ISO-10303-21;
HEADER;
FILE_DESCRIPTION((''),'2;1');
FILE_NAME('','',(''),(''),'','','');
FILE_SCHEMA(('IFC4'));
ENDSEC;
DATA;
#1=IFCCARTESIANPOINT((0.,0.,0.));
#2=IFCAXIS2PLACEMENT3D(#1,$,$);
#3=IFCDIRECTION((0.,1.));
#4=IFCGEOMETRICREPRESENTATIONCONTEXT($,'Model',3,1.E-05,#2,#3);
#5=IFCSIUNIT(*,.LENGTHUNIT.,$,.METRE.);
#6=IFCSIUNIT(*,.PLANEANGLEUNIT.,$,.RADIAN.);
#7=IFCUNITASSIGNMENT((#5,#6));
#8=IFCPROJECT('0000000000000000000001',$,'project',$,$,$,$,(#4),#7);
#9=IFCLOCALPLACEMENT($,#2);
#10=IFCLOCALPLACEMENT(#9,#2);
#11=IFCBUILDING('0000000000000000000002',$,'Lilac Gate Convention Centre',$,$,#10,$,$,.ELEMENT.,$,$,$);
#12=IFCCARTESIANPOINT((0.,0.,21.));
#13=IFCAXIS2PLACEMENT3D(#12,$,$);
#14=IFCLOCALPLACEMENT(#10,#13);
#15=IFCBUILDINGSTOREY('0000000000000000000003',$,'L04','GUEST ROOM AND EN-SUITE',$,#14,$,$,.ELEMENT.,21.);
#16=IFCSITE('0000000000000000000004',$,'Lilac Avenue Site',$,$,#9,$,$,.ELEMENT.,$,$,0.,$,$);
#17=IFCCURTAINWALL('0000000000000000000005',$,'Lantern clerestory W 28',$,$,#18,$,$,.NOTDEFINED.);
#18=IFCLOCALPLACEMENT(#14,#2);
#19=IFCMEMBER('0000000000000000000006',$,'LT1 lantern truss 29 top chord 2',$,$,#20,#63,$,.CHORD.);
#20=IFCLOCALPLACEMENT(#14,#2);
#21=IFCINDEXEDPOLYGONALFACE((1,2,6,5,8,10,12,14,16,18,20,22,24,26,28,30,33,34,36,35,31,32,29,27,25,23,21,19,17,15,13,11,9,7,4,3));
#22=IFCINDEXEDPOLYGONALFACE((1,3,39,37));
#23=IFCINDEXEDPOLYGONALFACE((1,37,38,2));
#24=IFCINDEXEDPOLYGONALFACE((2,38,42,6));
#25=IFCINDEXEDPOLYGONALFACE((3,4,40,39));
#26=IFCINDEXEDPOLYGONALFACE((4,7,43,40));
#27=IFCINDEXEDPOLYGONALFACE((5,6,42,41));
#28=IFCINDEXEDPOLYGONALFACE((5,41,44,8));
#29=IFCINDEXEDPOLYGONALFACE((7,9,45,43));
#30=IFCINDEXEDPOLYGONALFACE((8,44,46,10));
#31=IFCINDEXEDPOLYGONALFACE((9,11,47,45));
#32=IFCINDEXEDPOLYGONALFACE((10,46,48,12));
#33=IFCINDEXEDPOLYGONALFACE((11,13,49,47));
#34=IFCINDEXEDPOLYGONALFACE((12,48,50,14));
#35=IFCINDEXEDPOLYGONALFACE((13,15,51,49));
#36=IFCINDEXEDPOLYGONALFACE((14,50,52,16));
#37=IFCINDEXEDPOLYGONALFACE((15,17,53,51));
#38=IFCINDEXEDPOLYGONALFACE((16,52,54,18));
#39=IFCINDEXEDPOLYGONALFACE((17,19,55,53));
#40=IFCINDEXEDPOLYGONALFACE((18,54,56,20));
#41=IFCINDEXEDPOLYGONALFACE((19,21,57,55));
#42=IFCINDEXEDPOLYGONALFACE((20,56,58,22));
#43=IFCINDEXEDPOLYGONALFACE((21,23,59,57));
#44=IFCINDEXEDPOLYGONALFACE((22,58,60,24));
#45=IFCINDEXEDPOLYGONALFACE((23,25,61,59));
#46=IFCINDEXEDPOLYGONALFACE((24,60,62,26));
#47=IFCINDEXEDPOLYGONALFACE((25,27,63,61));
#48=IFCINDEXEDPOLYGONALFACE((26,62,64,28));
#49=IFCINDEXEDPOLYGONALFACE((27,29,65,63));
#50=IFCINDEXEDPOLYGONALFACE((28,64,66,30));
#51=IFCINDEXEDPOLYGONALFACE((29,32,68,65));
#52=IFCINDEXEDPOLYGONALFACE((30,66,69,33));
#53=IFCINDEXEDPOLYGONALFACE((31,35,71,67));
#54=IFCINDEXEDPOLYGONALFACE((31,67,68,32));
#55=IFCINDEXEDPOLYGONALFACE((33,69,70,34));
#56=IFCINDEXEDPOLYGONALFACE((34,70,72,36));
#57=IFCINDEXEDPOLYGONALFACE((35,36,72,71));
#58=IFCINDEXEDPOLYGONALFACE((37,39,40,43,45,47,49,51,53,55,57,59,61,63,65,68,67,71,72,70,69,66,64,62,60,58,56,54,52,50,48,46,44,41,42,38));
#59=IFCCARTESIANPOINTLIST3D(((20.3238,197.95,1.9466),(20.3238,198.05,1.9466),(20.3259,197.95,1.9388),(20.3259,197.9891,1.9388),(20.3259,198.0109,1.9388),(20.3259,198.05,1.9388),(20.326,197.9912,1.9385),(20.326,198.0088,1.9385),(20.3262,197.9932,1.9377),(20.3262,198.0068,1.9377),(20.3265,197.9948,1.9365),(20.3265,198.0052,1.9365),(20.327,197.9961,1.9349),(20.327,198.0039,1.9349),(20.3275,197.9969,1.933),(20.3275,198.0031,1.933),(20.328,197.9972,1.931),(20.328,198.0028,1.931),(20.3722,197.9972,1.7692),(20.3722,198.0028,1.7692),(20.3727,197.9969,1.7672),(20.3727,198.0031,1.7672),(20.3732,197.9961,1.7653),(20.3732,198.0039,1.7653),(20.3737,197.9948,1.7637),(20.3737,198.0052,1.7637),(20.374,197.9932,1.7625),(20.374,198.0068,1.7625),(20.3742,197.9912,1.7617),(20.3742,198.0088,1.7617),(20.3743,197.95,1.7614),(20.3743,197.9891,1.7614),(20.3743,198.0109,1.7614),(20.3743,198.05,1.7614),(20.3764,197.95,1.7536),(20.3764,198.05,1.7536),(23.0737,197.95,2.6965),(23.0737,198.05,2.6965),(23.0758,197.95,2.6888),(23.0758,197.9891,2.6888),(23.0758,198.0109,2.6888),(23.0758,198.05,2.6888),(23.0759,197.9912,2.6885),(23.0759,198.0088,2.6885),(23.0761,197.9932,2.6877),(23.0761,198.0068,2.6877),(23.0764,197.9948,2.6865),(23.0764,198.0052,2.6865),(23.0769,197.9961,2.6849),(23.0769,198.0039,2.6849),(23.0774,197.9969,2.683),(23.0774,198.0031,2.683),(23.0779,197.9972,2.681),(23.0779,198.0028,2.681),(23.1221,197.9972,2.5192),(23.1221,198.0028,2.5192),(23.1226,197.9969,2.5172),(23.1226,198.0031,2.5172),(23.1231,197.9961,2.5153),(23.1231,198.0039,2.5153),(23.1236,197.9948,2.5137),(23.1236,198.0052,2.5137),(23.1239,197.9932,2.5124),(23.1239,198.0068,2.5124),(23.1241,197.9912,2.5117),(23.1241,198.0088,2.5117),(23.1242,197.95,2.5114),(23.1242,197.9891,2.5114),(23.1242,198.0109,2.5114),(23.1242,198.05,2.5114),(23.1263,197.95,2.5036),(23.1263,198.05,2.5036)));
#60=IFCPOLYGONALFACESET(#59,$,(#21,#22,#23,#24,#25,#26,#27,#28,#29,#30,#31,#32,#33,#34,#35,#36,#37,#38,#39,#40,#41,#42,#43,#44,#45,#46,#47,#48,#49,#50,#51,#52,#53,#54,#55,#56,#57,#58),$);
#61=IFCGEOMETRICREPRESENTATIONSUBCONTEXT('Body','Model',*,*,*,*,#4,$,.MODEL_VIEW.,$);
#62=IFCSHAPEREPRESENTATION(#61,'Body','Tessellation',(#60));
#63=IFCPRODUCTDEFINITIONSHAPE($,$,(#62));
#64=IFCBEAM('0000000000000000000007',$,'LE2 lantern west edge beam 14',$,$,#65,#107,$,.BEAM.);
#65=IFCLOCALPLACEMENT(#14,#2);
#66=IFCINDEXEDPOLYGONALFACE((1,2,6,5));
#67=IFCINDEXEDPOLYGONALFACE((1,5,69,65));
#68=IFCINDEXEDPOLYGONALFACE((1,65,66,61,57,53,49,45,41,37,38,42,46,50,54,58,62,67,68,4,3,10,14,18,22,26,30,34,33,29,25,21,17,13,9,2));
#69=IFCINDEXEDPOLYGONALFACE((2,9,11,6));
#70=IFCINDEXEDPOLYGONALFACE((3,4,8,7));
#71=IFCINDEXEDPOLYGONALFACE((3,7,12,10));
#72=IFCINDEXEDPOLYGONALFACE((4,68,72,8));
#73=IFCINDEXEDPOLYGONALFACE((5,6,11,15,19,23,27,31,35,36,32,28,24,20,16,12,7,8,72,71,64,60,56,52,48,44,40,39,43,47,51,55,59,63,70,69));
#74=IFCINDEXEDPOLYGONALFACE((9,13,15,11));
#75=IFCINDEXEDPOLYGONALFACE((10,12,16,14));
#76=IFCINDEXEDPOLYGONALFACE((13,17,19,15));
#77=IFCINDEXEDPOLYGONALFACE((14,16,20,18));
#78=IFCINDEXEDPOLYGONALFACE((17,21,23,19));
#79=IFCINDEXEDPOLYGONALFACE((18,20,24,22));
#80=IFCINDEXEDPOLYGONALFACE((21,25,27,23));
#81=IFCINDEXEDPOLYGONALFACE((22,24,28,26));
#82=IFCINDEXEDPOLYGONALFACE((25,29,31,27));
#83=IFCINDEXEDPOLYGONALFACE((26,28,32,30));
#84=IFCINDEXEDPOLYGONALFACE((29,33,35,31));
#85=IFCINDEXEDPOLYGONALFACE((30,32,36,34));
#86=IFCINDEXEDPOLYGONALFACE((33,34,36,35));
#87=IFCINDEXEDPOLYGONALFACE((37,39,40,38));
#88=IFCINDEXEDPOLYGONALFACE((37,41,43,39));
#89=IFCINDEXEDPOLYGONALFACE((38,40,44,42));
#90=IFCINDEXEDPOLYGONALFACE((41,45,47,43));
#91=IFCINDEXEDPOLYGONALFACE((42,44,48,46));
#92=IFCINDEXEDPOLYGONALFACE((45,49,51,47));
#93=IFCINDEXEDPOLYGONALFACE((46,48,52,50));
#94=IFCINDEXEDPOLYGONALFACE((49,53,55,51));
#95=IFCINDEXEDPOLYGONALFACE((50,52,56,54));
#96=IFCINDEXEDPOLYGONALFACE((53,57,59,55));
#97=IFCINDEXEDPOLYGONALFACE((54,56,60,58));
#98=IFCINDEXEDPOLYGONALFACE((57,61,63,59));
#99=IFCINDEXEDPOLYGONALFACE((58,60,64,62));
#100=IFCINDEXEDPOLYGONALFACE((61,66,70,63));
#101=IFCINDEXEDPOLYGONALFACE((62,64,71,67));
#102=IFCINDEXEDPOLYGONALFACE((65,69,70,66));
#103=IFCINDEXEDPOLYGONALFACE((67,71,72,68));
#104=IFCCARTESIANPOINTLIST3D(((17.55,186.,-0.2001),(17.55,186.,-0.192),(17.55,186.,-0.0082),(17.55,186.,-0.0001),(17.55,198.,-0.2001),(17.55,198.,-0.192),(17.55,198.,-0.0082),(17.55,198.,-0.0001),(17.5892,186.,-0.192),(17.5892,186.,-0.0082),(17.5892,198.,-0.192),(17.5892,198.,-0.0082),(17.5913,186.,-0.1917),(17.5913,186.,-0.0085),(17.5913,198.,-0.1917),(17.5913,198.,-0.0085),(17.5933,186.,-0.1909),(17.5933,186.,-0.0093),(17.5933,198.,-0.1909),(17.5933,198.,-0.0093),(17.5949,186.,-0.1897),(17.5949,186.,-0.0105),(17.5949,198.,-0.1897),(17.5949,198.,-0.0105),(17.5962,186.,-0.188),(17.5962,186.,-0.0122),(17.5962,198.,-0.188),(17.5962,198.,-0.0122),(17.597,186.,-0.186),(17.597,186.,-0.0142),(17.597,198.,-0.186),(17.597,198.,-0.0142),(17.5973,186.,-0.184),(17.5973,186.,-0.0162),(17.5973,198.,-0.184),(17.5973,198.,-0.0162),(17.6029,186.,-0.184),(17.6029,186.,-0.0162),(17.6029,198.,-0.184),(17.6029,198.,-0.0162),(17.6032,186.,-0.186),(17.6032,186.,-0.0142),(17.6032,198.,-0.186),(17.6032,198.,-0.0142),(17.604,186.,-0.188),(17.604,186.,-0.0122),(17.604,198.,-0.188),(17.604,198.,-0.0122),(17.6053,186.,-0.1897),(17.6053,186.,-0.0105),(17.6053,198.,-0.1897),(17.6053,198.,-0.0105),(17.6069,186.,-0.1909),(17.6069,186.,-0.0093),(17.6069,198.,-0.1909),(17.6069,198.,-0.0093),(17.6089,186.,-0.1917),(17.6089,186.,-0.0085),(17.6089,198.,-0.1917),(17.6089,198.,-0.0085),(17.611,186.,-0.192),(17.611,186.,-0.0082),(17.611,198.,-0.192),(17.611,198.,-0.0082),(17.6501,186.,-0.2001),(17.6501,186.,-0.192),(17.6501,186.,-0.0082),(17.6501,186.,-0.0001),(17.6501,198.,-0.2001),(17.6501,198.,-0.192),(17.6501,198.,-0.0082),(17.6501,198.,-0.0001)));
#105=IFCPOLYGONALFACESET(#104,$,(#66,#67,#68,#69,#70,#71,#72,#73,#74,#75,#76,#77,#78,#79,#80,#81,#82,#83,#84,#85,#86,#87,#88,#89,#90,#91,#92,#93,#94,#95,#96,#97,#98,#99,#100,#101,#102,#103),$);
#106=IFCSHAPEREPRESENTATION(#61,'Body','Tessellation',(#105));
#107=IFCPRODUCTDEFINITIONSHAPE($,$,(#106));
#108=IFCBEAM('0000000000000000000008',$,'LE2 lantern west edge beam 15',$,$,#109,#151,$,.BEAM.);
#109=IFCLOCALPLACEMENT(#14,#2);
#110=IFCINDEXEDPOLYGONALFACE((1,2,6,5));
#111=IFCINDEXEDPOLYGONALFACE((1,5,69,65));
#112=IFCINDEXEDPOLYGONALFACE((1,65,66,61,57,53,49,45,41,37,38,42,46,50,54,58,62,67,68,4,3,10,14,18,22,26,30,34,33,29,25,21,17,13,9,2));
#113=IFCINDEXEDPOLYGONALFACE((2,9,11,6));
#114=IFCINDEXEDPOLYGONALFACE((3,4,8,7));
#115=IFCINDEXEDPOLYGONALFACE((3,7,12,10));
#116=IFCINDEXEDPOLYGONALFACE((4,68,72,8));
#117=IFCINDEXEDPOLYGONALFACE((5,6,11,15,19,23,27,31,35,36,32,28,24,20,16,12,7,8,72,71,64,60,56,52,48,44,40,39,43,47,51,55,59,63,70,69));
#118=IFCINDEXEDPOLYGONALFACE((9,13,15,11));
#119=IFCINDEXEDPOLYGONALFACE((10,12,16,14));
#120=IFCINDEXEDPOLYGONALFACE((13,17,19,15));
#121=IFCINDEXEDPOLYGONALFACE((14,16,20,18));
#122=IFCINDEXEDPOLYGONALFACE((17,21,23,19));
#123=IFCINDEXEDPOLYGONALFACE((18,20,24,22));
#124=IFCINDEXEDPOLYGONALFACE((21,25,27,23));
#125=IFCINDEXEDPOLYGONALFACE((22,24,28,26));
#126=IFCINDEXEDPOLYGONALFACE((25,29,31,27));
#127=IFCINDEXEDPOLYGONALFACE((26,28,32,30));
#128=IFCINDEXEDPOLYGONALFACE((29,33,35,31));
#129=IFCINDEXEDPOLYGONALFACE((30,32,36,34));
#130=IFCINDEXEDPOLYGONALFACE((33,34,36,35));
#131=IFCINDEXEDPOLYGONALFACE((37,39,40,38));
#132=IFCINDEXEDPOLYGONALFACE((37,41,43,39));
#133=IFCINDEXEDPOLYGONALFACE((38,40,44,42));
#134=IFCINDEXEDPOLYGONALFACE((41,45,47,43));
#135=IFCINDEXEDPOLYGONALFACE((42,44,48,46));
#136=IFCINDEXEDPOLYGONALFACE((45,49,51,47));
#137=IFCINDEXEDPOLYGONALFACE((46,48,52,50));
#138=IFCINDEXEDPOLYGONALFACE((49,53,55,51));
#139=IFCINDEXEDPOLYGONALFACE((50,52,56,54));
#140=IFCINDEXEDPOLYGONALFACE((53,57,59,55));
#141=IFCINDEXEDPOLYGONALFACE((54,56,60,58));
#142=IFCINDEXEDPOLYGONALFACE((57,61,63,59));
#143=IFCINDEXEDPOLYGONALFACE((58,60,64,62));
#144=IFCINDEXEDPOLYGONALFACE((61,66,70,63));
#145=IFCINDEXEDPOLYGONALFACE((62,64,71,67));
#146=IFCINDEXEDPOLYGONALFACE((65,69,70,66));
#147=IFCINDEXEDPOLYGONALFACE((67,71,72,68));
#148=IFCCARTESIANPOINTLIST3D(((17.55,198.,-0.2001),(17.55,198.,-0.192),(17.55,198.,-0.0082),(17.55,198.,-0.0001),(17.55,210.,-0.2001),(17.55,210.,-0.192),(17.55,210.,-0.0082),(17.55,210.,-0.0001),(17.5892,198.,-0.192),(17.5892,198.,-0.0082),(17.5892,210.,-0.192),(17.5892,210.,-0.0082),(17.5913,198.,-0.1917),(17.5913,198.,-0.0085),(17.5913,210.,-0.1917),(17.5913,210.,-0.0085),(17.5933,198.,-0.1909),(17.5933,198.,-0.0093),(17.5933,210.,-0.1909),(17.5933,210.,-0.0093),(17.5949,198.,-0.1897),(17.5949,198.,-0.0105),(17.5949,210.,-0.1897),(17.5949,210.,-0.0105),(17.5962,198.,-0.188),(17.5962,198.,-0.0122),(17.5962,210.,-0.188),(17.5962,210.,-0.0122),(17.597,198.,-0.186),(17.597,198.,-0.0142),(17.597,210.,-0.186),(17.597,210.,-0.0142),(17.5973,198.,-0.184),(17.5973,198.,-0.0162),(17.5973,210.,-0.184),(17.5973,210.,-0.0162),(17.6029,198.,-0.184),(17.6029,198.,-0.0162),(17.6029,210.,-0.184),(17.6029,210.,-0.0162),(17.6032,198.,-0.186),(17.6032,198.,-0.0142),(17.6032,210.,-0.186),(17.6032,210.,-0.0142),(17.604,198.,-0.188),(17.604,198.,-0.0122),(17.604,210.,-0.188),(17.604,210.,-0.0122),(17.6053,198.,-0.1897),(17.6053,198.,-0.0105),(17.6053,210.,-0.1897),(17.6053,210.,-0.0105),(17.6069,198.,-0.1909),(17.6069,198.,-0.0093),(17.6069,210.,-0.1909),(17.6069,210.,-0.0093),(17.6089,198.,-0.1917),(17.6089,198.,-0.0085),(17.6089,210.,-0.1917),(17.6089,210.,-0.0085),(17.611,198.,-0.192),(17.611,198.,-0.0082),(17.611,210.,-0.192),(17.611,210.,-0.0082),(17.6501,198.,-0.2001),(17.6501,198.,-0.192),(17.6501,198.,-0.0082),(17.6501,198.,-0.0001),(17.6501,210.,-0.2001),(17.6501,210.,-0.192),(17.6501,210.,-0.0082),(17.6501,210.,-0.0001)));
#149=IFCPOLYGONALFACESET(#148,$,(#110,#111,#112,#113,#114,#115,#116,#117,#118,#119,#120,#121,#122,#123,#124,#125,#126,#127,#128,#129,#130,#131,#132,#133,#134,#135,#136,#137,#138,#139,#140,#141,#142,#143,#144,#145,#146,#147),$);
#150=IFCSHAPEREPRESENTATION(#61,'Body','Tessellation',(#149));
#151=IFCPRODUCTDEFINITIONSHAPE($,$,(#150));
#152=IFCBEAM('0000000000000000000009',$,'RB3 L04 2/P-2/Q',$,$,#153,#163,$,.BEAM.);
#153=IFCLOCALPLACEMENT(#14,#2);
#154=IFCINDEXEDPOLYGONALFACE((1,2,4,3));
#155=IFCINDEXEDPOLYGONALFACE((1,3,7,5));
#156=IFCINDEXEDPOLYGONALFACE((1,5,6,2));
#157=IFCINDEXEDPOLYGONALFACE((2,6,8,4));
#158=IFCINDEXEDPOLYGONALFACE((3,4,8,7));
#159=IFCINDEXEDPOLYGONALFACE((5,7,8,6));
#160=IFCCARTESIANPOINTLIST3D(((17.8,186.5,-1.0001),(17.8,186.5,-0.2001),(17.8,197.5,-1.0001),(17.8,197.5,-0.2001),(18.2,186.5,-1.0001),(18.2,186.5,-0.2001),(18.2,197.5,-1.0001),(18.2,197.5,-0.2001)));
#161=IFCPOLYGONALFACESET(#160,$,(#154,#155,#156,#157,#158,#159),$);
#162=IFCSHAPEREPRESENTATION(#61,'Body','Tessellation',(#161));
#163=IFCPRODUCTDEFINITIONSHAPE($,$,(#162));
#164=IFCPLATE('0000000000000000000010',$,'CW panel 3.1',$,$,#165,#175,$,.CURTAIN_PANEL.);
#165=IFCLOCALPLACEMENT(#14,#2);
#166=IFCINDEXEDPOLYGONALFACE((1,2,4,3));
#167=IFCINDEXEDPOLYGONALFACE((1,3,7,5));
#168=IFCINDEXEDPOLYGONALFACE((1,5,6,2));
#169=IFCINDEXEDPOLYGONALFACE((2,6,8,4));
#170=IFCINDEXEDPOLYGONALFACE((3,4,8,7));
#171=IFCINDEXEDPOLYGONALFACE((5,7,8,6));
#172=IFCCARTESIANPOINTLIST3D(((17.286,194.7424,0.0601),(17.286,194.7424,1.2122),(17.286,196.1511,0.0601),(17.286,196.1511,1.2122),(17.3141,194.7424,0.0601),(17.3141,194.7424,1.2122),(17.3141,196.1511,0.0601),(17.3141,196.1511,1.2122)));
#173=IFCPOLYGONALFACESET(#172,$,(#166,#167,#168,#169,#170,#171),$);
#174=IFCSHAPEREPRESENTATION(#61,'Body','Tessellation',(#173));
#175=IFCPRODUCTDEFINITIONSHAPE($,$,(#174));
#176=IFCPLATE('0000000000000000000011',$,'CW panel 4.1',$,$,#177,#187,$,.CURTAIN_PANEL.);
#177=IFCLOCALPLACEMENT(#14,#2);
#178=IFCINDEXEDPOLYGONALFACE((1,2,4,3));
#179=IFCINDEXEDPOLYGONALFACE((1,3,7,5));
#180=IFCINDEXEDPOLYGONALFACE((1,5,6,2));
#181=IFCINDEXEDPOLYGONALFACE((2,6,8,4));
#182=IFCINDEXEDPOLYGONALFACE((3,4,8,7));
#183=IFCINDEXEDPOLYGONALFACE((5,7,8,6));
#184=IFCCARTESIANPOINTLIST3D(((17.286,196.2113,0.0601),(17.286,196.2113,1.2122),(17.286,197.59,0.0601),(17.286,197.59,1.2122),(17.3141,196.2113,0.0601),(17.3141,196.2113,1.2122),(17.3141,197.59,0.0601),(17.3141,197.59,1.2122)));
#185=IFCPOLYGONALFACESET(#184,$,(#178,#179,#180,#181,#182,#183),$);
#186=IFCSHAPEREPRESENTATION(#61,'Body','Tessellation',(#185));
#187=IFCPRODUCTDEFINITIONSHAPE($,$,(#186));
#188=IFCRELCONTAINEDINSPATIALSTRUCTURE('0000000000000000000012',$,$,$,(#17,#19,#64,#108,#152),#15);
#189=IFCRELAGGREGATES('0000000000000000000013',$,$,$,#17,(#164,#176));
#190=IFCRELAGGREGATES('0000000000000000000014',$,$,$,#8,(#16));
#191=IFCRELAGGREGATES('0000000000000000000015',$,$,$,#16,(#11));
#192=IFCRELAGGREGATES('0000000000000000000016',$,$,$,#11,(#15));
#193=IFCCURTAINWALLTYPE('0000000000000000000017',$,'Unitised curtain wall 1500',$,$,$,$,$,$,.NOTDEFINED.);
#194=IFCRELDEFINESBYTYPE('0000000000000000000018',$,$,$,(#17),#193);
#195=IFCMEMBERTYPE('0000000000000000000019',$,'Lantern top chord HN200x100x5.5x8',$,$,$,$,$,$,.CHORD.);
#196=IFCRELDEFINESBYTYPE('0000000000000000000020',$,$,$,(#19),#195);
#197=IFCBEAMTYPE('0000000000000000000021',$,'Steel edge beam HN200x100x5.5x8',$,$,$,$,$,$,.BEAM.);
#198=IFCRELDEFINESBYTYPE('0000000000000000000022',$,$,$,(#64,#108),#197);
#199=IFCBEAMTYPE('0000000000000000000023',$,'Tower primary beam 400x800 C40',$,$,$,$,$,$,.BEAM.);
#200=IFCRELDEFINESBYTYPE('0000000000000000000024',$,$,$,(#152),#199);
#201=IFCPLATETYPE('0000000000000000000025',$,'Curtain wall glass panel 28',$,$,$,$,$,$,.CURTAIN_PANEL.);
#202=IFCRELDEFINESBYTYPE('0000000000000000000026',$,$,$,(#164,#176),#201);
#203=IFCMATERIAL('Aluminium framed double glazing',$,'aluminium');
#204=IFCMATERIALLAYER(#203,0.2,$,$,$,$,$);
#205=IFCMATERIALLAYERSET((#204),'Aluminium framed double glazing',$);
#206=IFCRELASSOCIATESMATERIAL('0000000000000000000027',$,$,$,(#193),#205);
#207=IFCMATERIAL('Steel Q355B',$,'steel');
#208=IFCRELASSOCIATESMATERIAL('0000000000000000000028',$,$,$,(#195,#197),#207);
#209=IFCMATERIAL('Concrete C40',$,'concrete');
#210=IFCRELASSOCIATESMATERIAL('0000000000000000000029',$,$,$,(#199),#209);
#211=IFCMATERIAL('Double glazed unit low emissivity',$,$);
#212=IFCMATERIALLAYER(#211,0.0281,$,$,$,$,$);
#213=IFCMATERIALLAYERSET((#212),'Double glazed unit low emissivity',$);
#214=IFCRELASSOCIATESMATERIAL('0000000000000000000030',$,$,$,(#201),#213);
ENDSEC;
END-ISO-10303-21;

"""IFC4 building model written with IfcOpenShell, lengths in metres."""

from ifc_helpers import new_model, si_unit, direction, frame, origin, origin_2d, place, context, subcontext, project, spatial, rectangle, i_section, extrude, material, layer, layer_set, material_profile, profile_set, type_object, element, aggregate, save


model = new_model("IFC4")

# Units and contexts
model_context = context("Model", 3, precision=1e-05, world=origin(), true_north=direction((0.0, 1.0)))
body_context = subcontext(model_context, "Body", "Model", "MODEL_VIEW")
ifc_project = project(units=[si_unit("LENGTHUNIT", "METRE"), si_unit("PLANEANGLEUNIT", "RADIAN")], contexts=[model_context])

# Site, building, storey
site_placement = place(None, origin())
site = spatial("IfcSite", under=ifc_project, at=site_placement, Name="Lilac Avenue Site", CompositionType="ELEMENT", RefElevation=0.0)
building_placement = place(site_placement, origin())
building = spatial("IfcBuilding", under=site, at=building_placement, Name="Lilac Gate Convention Centre", CompositionType="ELEMENT")
storey_placement = place(building_placement, frame((0.0, 0.0, 21.0)))
storey = spatial("IfcBuildingStorey", under=building, at=storey_placement, Name="L04", Description="GUEST ROOM AND EN-SUITE", CompositionType="ELEMENT", Elevation=21.0)

# Curtain wall
ifc_material_1 = material(Name="Aluminium framed double glazing", Category="aluminium")
ifc_layer_1 = layer(ifc_material_1, 0.2)
ifc_layer_set_1 = layer_set([ifc_layer_1], Name="Aluminium framed double glazing")
curtain_wall_type = type_object("IfcCurtainWallType", Name="Unitised curtain wall 1500", PredefinedType="NOTDEFINED", material=ifc_layer_set_1)
curtain_wall_1_placement = place(storey_placement, origin())
curtain_wall_1 = element("IfcCurtainWall", 1, at=curtain_wall_1_placement, inside=storey, type_object=curtain_wall_type, Name="Lantern clerestory W 28", PredefinedType="NOTDEFINED")

# Member
ifc_material_2 = material(Name="Steel Q355B", Category="steel")
ifc_material_profile_1 = material_profile(ifc_material_2, i_section(OverallWidth=0.1001, OverallDepth=0.2, WebThickness=0.0056, FlangeThickness=0.0081, FilletRadius=0.0081, at=origin_2d()), Name="HN200x100x5.5x8")
ifc_profile_set_1 = profile_set([ifc_material_profile_1], Name="Steel Q355B")
member_type_1 = type_object("IfcMemberType", Name="Lantern top chord HN200x100x5.5x8", PredefinedType="CHORD", material=ifc_profile_set_1)
for number, where, z_axis, x_axis, name in (
    (2, (20.3501, 198.0, 1.8501), (0.964764, 0.0, 0.263117), (0.0, 1.0, 0.0), "LT1 lantern truss 29 top chord 2"),
):
    element("IfcMember", number, at=place(storey_placement, frame(where, z_axis=z_axis, x_axis=x_axis)), inside=storey, type_object=member_type_1, Name=name, PredefinedType="CHORD", context=body_context, shape_type="SweptSolid", body=[
        extrude(i_section(OverallWidth=0.1001, OverallDepth=0.2, WebThickness=0.0056, FlangeThickness=0.0081, FilletRadius=0.0081, at=origin_2d()), origin(), (0.0, 0.0, 1.0), 2.8503),
    ])

# Beams
ifc_material_profile_2 = material_profile(ifc_material_2, i_section(OverallWidth=0.1001, OverallDepth=0.2, WebThickness=0.0056, FlangeThickness=0.0081, FilletRadius=0.0081, at=origin_2d()), Name="HN200x100x5.5x8")
ifc_profile_set_2 = profile_set([ifc_material_profile_2], Name="Steel Q355B")
beam_type_1 = type_object("IfcBeamType", Name="Steel edge beam HN200x100x5.5x8", PredefinedType="BEAM", material=ifc_profile_set_2)
for number, where, z_axis, x_axis, name in (
    (3, (17.6001, 186.0, -0.1001), (0.0, 1.0, 0.0), (-1.0, 0.0, 0.0), "LE2 lantern west edge beam 14"),
    (4, (17.6001, 198.0, -0.1001), (0.0, 1.0, 0.0), (-1.0, 0.0, 0.0), "LE2 lantern west edge beam 15"),
):
    element("IfcBeam", number, at=place(storey_placement, frame(where, z_axis=z_axis, x_axis=x_axis)), inside=storey, type_object=beam_type_1, Name=name, PredefinedType="BEAM", context=body_context, shape_type="SweptSolid", body=[
        extrude(i_section(OverallWidth=0.1001, OverallDepth=0.2, WebThickness=0.0056, FlangeThickness=0.0081, FilletRadius=0.0081, at=origin_2d()), origin(), (0.0, 0.0, 1.0), 12.0),
    ])
ifc_material_3 = material(Name="Concrete C40", Category="concrete")
ifc_material_profile_3 = material_profile(ifc_material_3, rectangle(XDim=0.3999, YDim=0.8, at=origin_2d()), Name="RC 400x800")
ifc_profile_set_3 = profile_set([ifc_material_profile_3], Name="Concrete C40")
beam_type_2 = type_object("IfcBeamType", Name="Tower primary beam 400x800 C40", PredefinedType="BEAM", material=ifc_profile_set_3)
beam_placement = place(storey_placement, frame((18.0, 186.5, -0.6001), z_axis=(0.0, 1.0, 0.0), x_axis=(-1.0, 0.0, 0.0)))
element("IfcBeam", 5, at=beam_placement, inside=storey, type_object=beam_type_2, Name="RB3 L04 2/P-2/Q", PredefinedType="BEAM", context=body_context, shape_type="SweptSolid", body=[
    extrude(rectangle(XDim=0.3999, YDim=0.8, at=origin_2d()), origin(), (0.0, 0.0, 1.0), 11.0),
])

# Plates
ifc_material_4 = material(Name="Double glazed unit low emissivity")
ifc_layer_2 = layer(ifc_material_4, 0.0281)
ifc_layer_set_2 = layer_set([ifc_layer_2], Name="Double glazed unit low emissivity")
plate_type = type_object("IfcPlateType", Name="Curtain wall glass panel 28", PredefinedType="CURTAIN_PANEL", material=ifc_layer_set_2)
plate_1_placement = place(storey_placement, frame((17.3, 195.4468, 0.0601), z_axis=(0.0, 0.0, 1.0), x_axis=(0.0, 1.0, 0.0)))
plate_1 = element("IfcPlate", 6, at=plate_1_placement, type_object=plate_type, Name="CW panel 3.1", PredefinedType="CURTAIN_PANEL", context=body_context, shape_type="SweptSolid", body=[
    extrude(rectangle(XDim=1.4087, YDim=0.0281, at=origin_2d()), origin(), (0.0, 0.0, 1.0), 1.1521),
])
plate_2_placement = place(storey_placement, frame((17.3, 196.9006, 0.0601), z_axis=(0.0, 0.0, 1.0), x_axis=(0.0, 1.0, 0.0)))
plate_2 = element("IfcPlate", 7, at=plate_2_placement, type_object=plate_type, Name="CW panel 4.1", PredefinedType="CURTAIN_PANEL", context=body_context, shape_type="SweptSolid", body=[
    extrude(rectangle(XDim=1.3787, YDim=0.0281, at=origin_2d()), origin(), (0.0, 0.0, 1.0), 1.1521),
])
aggregate(curtain_wall_1, [plate_1, plate_2])

save(model, "model.ifc")
